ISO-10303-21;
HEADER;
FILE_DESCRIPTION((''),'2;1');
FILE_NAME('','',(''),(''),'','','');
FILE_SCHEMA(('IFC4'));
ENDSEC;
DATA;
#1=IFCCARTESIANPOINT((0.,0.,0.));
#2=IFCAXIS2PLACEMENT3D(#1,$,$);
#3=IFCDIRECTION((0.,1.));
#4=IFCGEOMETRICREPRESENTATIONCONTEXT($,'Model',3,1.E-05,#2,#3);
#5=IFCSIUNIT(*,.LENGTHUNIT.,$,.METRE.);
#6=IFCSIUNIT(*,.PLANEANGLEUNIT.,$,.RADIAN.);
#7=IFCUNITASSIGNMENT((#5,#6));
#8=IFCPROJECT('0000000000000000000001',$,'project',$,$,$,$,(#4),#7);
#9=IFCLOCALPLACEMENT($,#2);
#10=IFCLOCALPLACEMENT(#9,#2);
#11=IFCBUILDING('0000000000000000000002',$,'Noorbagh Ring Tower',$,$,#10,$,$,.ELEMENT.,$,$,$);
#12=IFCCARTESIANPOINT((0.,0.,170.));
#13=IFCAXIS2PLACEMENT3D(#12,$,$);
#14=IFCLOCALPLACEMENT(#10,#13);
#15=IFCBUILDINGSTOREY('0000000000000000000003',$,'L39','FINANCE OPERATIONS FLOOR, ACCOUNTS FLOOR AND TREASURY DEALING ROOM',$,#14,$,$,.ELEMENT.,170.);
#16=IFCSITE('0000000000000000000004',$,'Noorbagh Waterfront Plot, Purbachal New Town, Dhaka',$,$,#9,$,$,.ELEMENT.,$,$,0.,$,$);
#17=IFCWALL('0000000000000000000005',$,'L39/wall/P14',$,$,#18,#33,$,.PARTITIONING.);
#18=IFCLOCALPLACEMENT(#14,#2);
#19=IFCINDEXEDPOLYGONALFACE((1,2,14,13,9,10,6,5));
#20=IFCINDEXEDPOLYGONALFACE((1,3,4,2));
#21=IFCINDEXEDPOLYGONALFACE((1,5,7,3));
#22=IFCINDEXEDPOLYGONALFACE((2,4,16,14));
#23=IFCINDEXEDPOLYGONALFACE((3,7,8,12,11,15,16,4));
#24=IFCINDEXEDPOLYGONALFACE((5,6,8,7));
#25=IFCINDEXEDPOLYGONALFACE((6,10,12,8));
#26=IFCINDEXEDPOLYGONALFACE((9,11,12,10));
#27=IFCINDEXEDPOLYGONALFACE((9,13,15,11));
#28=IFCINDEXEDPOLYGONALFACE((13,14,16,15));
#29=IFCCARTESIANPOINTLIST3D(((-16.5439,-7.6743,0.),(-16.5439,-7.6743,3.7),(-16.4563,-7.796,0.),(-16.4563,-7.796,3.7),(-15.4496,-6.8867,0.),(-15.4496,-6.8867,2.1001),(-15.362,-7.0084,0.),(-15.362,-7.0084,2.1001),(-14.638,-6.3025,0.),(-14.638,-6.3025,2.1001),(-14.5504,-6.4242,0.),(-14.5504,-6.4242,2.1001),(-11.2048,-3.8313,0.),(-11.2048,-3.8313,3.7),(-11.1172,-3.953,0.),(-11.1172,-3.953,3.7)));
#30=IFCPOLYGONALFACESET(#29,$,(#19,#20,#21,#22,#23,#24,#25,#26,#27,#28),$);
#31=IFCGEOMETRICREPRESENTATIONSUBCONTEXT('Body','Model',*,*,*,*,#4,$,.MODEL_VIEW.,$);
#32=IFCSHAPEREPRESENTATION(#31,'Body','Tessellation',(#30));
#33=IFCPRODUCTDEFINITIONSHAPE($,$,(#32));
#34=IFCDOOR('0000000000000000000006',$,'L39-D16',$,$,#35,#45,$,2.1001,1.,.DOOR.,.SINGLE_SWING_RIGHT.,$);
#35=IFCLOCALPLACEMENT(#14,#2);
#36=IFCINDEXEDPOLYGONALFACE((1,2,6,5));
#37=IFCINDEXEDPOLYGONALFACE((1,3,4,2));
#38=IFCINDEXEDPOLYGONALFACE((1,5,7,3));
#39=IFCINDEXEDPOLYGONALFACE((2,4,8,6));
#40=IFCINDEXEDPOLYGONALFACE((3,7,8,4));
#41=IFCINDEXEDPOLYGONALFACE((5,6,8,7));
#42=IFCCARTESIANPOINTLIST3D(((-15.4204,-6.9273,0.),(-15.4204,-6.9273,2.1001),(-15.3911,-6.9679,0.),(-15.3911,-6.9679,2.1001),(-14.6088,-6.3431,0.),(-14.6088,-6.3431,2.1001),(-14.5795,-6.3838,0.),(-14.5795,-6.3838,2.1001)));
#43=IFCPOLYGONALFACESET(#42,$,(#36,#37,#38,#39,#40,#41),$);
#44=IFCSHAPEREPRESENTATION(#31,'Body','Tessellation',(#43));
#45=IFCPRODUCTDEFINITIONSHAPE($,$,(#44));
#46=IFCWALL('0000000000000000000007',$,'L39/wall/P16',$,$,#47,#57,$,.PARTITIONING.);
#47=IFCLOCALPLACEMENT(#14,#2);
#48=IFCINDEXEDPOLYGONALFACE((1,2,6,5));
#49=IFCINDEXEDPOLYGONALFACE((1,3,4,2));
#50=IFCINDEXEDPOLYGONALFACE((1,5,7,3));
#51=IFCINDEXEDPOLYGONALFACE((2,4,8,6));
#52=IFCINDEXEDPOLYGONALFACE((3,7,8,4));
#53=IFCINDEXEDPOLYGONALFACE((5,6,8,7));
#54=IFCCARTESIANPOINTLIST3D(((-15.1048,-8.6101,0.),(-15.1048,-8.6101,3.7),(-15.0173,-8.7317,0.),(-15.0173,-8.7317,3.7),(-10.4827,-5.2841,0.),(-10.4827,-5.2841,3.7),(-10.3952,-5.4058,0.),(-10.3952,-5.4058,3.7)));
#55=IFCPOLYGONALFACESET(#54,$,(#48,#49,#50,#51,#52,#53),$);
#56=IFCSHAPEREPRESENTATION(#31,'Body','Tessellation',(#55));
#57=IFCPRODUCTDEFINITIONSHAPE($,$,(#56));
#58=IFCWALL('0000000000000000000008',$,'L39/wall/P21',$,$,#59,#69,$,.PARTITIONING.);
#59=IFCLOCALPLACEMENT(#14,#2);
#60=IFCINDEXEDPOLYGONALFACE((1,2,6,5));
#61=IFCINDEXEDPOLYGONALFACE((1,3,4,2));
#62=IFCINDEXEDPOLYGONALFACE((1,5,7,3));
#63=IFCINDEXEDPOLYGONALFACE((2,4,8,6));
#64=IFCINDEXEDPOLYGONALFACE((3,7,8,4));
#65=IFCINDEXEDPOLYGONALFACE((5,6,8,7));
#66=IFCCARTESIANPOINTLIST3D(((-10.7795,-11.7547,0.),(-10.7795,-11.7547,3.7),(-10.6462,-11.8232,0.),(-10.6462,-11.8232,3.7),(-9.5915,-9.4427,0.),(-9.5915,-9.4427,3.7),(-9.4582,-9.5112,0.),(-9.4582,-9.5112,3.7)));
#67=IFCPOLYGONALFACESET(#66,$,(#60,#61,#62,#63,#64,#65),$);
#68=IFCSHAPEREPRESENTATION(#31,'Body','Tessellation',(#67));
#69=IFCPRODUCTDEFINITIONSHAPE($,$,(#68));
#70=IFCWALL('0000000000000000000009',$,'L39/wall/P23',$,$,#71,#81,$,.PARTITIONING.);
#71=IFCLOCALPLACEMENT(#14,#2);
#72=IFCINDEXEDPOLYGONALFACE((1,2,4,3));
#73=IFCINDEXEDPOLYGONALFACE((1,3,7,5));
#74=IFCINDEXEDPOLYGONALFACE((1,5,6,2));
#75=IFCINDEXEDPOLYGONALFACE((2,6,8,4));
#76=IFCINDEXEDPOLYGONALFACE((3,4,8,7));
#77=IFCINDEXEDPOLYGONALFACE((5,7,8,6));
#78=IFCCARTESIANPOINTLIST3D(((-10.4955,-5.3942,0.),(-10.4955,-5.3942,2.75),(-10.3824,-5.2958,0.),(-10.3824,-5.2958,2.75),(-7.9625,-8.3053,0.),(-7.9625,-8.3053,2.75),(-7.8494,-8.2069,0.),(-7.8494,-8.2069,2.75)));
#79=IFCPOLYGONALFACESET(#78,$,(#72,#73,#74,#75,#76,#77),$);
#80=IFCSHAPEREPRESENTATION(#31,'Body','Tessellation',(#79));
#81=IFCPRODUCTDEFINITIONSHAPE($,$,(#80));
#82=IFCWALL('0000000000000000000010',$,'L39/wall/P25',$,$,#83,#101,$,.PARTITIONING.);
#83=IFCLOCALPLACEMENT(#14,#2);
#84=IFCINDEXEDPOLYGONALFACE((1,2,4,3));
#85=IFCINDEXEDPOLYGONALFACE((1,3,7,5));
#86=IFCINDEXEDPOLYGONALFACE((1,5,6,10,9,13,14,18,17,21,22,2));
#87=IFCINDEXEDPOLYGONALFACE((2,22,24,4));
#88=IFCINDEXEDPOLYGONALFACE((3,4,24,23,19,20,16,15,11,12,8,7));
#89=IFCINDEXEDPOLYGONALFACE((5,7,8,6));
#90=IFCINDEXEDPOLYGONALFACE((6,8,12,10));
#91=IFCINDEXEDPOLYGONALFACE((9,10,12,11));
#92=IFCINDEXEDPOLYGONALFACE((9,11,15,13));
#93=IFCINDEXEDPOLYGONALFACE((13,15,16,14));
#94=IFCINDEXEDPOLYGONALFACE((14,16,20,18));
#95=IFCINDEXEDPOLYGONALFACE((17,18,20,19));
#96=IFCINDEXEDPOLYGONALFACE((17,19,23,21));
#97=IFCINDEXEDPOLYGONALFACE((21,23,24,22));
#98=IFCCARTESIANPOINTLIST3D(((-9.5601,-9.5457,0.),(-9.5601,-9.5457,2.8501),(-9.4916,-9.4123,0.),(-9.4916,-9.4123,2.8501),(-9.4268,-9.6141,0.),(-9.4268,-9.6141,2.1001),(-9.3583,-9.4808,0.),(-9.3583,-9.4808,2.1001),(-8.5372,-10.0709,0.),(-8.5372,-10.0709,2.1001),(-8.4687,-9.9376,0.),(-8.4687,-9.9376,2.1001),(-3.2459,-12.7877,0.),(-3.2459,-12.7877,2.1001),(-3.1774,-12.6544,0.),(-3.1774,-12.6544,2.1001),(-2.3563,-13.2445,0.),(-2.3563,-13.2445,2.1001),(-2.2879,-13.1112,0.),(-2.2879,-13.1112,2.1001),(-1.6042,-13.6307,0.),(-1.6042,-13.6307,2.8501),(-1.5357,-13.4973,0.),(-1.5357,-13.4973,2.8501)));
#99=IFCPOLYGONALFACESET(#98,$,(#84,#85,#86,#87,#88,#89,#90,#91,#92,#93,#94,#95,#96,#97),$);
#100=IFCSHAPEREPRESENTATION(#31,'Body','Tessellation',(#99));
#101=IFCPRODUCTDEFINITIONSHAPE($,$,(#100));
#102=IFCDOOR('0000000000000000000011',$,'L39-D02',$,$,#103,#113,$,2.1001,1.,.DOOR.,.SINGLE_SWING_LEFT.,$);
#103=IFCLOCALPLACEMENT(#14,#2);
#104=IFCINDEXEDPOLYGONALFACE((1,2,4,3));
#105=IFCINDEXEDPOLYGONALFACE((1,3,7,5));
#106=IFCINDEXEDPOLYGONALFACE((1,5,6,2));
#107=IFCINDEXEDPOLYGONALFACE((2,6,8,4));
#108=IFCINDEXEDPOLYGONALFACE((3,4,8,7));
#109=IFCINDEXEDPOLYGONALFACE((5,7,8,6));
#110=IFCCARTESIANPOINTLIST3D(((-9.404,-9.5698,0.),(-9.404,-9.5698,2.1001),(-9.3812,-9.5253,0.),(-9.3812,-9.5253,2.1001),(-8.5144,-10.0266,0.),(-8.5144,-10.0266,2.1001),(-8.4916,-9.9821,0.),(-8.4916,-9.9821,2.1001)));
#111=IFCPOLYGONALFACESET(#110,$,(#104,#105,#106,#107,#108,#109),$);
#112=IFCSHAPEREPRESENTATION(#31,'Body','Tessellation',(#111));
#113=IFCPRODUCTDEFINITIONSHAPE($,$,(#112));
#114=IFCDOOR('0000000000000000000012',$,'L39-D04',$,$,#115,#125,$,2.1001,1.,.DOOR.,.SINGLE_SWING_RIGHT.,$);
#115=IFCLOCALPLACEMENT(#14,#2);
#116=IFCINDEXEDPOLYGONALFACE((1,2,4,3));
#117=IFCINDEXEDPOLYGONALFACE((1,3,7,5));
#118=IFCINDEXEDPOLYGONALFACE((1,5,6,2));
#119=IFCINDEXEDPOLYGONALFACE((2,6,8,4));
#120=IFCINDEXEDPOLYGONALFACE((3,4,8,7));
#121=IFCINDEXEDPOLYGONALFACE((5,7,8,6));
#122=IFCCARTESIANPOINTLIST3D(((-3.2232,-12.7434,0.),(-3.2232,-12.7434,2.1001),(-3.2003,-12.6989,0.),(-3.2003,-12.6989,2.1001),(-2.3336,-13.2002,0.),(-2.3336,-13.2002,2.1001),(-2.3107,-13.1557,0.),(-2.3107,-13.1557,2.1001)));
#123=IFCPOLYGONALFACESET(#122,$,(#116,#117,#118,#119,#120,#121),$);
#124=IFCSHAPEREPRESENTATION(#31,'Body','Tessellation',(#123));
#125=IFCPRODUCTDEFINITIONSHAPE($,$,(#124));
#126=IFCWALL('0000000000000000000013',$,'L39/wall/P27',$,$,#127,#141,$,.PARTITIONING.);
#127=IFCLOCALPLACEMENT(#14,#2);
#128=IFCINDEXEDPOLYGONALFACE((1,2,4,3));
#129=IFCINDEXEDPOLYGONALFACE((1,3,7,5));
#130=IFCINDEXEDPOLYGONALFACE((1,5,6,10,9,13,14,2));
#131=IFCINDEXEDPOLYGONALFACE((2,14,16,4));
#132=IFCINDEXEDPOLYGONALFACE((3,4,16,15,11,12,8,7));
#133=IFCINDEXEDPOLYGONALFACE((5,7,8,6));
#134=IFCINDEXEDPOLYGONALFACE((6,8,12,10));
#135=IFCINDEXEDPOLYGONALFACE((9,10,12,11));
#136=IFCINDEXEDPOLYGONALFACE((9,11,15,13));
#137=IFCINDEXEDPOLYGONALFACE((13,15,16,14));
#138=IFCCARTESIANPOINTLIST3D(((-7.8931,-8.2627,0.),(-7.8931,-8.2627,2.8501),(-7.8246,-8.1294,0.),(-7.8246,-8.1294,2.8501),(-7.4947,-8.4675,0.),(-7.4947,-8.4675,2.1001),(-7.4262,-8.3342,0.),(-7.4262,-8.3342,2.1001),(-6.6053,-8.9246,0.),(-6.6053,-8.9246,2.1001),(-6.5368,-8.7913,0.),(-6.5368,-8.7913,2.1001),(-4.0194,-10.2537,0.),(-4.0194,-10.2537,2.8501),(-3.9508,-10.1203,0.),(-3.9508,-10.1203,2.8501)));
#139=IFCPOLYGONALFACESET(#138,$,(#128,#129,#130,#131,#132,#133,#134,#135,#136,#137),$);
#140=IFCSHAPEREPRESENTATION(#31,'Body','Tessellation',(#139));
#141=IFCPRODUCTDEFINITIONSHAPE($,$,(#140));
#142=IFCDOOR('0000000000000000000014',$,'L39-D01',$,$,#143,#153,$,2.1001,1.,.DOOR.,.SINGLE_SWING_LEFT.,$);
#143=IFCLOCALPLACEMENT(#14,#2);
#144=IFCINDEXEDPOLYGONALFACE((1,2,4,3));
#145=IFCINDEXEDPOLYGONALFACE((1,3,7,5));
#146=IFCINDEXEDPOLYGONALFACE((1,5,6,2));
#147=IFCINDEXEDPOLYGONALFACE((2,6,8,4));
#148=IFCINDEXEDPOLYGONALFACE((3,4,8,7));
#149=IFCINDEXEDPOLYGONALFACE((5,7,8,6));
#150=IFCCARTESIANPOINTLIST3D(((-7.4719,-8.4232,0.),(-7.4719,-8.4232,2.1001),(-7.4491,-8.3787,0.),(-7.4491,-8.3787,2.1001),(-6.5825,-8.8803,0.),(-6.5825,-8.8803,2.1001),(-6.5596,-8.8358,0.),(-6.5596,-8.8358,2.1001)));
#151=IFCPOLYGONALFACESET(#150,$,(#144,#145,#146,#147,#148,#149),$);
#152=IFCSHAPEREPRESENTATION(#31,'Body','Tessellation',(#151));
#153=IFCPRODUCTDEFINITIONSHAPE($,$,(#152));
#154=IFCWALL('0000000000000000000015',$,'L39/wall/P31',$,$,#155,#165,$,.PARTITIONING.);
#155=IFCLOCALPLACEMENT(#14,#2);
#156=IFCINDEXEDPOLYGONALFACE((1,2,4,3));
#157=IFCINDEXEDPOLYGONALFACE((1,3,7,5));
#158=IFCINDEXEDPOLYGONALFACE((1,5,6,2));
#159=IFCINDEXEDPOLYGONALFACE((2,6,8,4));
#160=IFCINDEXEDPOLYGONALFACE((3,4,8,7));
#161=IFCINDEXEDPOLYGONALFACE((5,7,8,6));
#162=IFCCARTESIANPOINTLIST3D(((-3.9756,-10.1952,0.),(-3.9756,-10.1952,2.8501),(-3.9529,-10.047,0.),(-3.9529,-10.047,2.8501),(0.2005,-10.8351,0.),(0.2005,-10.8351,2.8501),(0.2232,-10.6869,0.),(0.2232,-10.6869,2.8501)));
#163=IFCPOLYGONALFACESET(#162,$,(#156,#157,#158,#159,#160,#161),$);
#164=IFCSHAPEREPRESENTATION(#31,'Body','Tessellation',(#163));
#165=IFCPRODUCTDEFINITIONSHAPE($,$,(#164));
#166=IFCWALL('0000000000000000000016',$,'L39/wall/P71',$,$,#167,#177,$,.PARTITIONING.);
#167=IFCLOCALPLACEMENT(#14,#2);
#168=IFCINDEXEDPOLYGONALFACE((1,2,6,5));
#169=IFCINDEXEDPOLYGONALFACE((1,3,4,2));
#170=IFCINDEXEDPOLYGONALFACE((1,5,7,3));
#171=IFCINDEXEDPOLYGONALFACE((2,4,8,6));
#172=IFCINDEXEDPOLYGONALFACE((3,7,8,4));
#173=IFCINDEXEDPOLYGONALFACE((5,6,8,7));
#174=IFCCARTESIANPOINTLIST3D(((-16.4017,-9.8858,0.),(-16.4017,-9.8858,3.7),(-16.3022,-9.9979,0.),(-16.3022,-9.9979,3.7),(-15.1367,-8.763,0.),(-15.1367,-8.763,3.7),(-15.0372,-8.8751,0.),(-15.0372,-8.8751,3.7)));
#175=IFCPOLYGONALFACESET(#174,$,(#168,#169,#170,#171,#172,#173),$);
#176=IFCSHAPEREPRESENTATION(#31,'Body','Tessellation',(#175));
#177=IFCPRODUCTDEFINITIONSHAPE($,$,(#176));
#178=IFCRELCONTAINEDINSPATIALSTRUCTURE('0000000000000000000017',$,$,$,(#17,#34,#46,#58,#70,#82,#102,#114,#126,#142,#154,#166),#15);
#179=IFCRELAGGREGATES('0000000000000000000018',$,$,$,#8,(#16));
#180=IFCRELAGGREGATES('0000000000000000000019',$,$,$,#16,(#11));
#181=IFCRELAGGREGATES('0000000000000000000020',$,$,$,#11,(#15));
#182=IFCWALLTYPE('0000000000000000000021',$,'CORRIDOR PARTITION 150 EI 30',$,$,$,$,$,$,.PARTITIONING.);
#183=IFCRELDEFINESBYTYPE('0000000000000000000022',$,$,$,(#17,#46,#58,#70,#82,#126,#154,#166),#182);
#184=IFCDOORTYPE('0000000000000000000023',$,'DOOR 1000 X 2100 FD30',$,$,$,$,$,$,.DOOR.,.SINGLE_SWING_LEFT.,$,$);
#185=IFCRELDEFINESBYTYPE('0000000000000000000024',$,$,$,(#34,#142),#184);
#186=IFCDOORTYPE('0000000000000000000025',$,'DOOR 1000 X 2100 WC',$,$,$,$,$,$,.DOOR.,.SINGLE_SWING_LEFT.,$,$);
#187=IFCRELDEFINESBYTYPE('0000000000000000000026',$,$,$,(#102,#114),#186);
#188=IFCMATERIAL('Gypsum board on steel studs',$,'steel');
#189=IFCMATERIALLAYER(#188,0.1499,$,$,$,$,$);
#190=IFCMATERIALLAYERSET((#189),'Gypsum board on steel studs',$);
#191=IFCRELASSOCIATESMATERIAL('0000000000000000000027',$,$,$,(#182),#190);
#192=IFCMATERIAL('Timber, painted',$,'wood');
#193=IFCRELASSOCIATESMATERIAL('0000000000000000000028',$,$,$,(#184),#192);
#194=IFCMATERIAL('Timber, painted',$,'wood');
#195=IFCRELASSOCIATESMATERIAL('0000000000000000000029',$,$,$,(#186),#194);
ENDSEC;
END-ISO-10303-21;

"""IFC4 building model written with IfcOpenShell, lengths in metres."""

from ifc_helpers import new_model, si_unit, direction, frame, frame_2d, origin, place, context, subcontext, project, spatial, rectangle, extrude, material, layer, layer_set, type_object, element, fill, save


model = new_model("IFC4")

# Units and contexts
model_context = context("Model", 3, precision=1e-05, world=origin(), true_north=direction((0.0, 1.0)))
body_context = subcontext(model_context, "Body", "Model", "MODEL_VIEW")
ifc_project = project(units=[si_unit("LENGTHUNIT", "METRE"), si_unit("PLANEANGLEUNIT", "RADIAN")], contexts=[model_context])

# Site, building, storey
site_placement = place(None, origin())
site = spatial("IfcSite", under=ifc_project, at=site_placement, Name="Noorbagh Waterfront Plot, Purbachal New Town, Dhaka", CompositionType="ELEMENT", RefElevation=0.0)
building_placement = place(site_placement, origin())
building = spatial("IfcBuilding", under=site, at=building_placement, Name="Noorbagh Ring Tower", CompositionType="ELEMENT")
storey_placement = place(building_placement, frame((0.0, 0.0, 170.0)))
storey = spatial("IfcBuildingStorey", under=building, at=storey_placement, Name="L39", Description="FINANCE OPERATIONS FLOOR, ACCOUNTS FLOOR AND TREASURY DEALING ROOM", CompositionType="ELEMENT", Elevation=170.0)

# Shared definitions
ifc_material_1 = material(Name="Gypsum board on steel studs", Category="steel")
ifc_layer_1 = layer(ifc_material_1, 0.1499)
ifc_layer_set_1 = layer_set([ifc_layer_1], Name="Gypsum board on steel studs")
wall_type_1 = type_object("IfcWallType", Name="CORRIDOR PARTITION 150 EI 30", PredefinedType="PARTITIONING", material=ifc_layer_set_1)

# Wall, opening, door
wall_1_placement = place(storey_placement, frame((-16.5, -7.7351, 0.0), z_axis=(0.0, 0.0, 1.0), x_axis=(0.811617, 0.58419, 0.0)))
wall_1 = element("IfcWall", 1, at=wall_1_placement, inside=storey, type_object=wall_type_1, Name="L39/wall/P14", PredefinedType="PARTITIONING", context=body_context, shape_type="SweptSolid", body=[
    extrude(rectangle(XDim=6.5784, YDim=0.1499, at=frame_2d((3.2891, 0.0))), origin(), (0.0, 0.0, 1.0), 3.7),
])
opening_1_placement = place(wall_1_placement, frame((1.3481, 0.0, 0.0)))
opening_1 = element("IfcOpeningElement", 2, at=opening_1_placement, cuts=wall_1, PredefinedType="OPENING", context=body_context, shape_type="SweptSolid", body=[
    extrude(rectangle(XDim=1.0, YDim=2.1001, at=frame_2d((0.5, 1.05))), frame((0.0, 0.085, 0.0), z_axis=(0.0, -1.0, 0.0), x_axis=(1.0, 0.0, 0.0)), (0.0, 0.0, 1.0), 0.1699),
])
ifc_material_2 = material(Name="Timber, painted", Category="wood")
door_type_1 = type_object("IfcDoorType", Name="DOOR 1000 X 2100 FD30", OperationType="SINGLE_SWING_LEFT", PredefinedType="DOOR", material=ifc_material_2)
door_1_placement = place(opening_1_placement, origin())
door_1 = element("IfcDoor", 3, at=door_1_placement, inside=storey, type_object=door_type_1, Name="L39-D16", OperationType="SINGLE_SWING_RIGHT", OverallHeight=2.1001, OverallWidth=1.0, PredefinedType="DOOR", context=body_context, shape_type="SweptSolid", body=[
    extrude(rectangle(XDim=1.0, YDim=2.1001, at=frame_2d((0.5, 1.05))), frame((0.0, 0.0249, 0.0), z_axis=(0.0, -1.0, 0.0), x_axis=(1.0, 0.0, 0.0)), (0.0, 0.0, 1.0), 0.05),
])
fill(opening_1, door_1)

# Walls
wall_2_placement = place(storey_placement, frame((-15.061, -8.6709, 0.0), z_axis=(0.0, 0.0, 1.0), x_axis=(0.811698, 0.584078, 0.0)))
element("IfcWall", 4, at=wall_2_placement, inside=storey, type_object=wall_type_1, Name="L39/wall/P16", PredefinedType="PARTITIONING", context=body_context, shape_type="SweptSolid", body=[
    extrude(rectangle(XDim=5.6943, YDim=0.1499, at=frame_2d((2.8472, 0.0))), origin(), (0.0, 0.0, 1.0), 3.7),
])
wall_3_placement = place(storey_placement, frame((-10.7129, -11.7891, 0.0), z_axis=(0.0, 0.0, 1.0), x_axis=(0.45703, 0.889451, 0.0)))
element("IfcWall", 5, at=wall_3_placement, inside=storey, type_object=wall_type_1, Name="L39/wall/P21", PredefinedType="PARTITIONING", context=body_context, shape_type="SweptSolid", body=[
    extrude(rectangle(XDim=2.5994, YDim=0.1499, at=frame_2d((1.2998, 0.0))), origin(), (0.0, 0.0, 1.0), 3.7),
])
wall_4_placement = place(storey_placement, frame((-10.439, -5.345, 0.0), z_axis=(0.0, 0.0, 1.0), x_axis=(0.656406, -0.754408, 0.0)))
element("IfcWall", 6, at=wall_4_placement, inside=storey, type_object=wall_type_1, Name="L39/wall/P23", PredefinedType="PARTITIONING", context=body_context, shape_type="SweptSolid", body=[
    extrude(rectangle(XDim=3.8589, YDim=0.1499, at=frame_2d((1.9294, 0.0))), origin(), (0.0, 0.0, 1.0), 2.75),
])

# Wall, openings, doors
wall_5_placement = place(storey_placement, frame((-9.5259, -9.479, 0.0), z_axis=(0.0, 0.0, 1.0), x_axis=(0.889588, -0.456764, 0.0)))
wall_5 = element("IfcWall", 7, at=wall_5_placement, inside=storey, type_object=wall_type_1, Name="L39/wall/P25", PredefinedType="PARTITIONING", context=body_context, shape_type="SweptSolid", body=[
    extrude(rectangle(XDim=8.9434, YDim=0.1499, at=frame_2d((4.4717, 0.0))), origin(), (0.0, 0.0, 1.0), 2.8501),
])
opening_2_placement = place(wall_5_placement, frame((0.1499, 0.0, 0.0)))
opening_2 = element("IfcOpeningElement", 8, at=opening_2_placement, cuts=wall_5, PredefinedType="OPENING", context=body_context, shape_type="SweptSolid", body=[
    extrude(rectangle(XDim=1.0, YDim=2.1001, at=frame_2d((0.5, 1.05))), frame((0.0, 0.085, 0.0), z_axis=(0.0, -1.0, 0.0), x_axis=(1.0, 0.0, 0.0)), (0.0, 0.0, 1.0), 0.1699),
])
opening_3_placement = place(wall_5_placement, frame((7.0979, 0.0, 0.0)))
opening_3 = element("IfcOpeningElement", 9, at=opening_3_placement, cuts=wall_5, PredefinedType="OPENING", context=body_context, shape_type="SweptSolid", body=[
    extrude(rectangle(XDim=1.0, YDim=2.1001, at=frame_2d((0.5, 1.05))), frame((0.0, 0.085, 0.0), z_axis=(0.0, -1.0, 0.0), x_axis=(1.0, 0.0, 0.0)), (0.0, 0.0, 1.0), 0.1699),
])
ifc_material_3 = material(Name="Timber, painted", Category="wood")
door_type_2 = type_object("IfcDoorType", Name="DOOR 1000 X 2100 WC", OperationType="SINGLE_SWING_LEFT", PredefinedType="DOOR", material=ifc_material_3)
door_2_placement = place(opening_2_placement, origin())
door_2 = element("IfcDoor", 10, at=door_2_placement, inside=storey, type_object=door_type_2, Name="L39-D02", OperationType="SINGLE_SWING_LEFT", OverallHeight=2.1001, OverallWidth=1.0, PredefinedType="DOOR", context=body_context, shape_type="SweptSolid", body=[
    extrude(rectangle(XDim=1.0, YDim=2.1001, at=frame_2d((0.5, 1.05))), frame((0.0, 0.0249, 0.0), z_axis=(0.0, -1.0, 0.0), x_axis=(1.0, 0.0, 0.0)), (0.0, 0.0, 1.0), 0.05),
])
fill(opening_2, door_2)
door_3_placement = place(opening_3_placement, origin())
door_3 = element("IfcDoor", 11, at=door_3_placement, inside=storey, type_object=door_type_2, Name="L39-D04", OperationType="SINGLE_SWING_RIGHT", OverallHeight=2.1001, OverallWidth=1.0, PredefinedType="DOOR", context=body_context, shape_type="SweptSolid", body=[
    extrude(rectangle(XDim=1.0, YDim=2.1001, at=frame_2d((0.5, 1.05))), frame((0.0, 0.0249, 0.0), z_axis=(0.0, -1.0, 0.0), x_axis=(1.0, 0.0, 0.0)), (0.0, 0.0, 1.0), 0.05),
])
fill(opening_3, door_3)

# Wall, opening, door
wall_6_placement = place(storey_placement, frame((-7.8589, -8.196, 0.0), z_axis=(0.0, 0.0, 1.0), x_axis=(0.889406, -0.457119, 0.0)))
wall_6 = element("IfcWall", 12, at=wall_6_placement, inside=storey, type_object=wall_type_1, Name="L39/wall/P27", PredefinedType="PARTITIONING", context=body_context, shape_type="SweptSolid", body=[
    extrude(rectangle(XDim=4.3555, YDim=0.1499, at=frame_2d((2.1777, 0.0))), origin(), (0.0, 0.0, 1.0), 2.8501),
])
opening_4_placement = place(wall_6_placement, frame((0.448, 0.0, 0.0)))
opening_4 = element("IfcOpeningElement", 13, at=opening_4_placement, cuts=wall_6, PredefinedType="OPENING", context=body_context, shape_type="SweptSolid", body=[
    extrude(rectangle(XDim=1.0, YDim=2.1001, at=frame_2d((0.5, 1.05))), frame((0.0, 0.085, 0.0), z_axis=(0.0, -1.0, 0.0), x_axis=(1.0, 0.0, 0.0)), (0.0, 0.0, 1.0), 0.1699),
])
door_4_placement = place(opening_4_placement, origin())
door_4 = element("IfcDoor", 14, at=door_4_placement, inside=storey, type_object=door_type_1, Name="L39-D01", OperationType="SINGLE_SWING_LEFT", OverallHeight=2.1001, OverallWidth=1.0, PredefinedType="DOOR", context=body_context, shape_type="SweptSolid", body=[
    extrude(rectangle(XDim=1.0, YDim=2.1001, at=frame_2d((0.5, 1.05))), frame((0.0, 0.0249, 0.0), z_axis=(0.0, -1.0, 0.0), x_axis=(1.0, 0.0, 0.0)), (0.0, 0.0, 1.0), 0.05),
])
fill(opening_4, door_4)

# Walls
wall_7_placement = place(storey_placement, frame((-3.9641, -10.1211, 0.0), z_axis=(0.0, 0.0, 1.0), x_axis=(0.988463, -0.151462, 0.0)))
element("IfcWall", 15, at=wall_7_placement, inside=storey, type_object=wall_type_1, Name="L39/wall/P31", PredefinedType="PARTITIONING", context=body_context, shape_type="SweptSolid", body=[
    extrude(rectangle(XDim=4.2249, YDim=0.1499, at=frame_2d((2.1123, 0.0))), origin(), (0.0, 0.0, 1.0), 2.8501),
])
wall_8_placement = place(storey_placement, frame((-15.0869, -8.8191, 0.0), z_axis=(0.0, 0.0, 1.0), x_axis=(-0.747927, -0.663781, 0.0)))
element("IfcWall", 16, at=wall_8_placement, inside=storey, type_object=wall_type_1, Name="L39/wall/P71", PredefinedType="PARTITIONING", context=body_context, shape_type="SweptSolid", body=[
    extrude(rectangle(XDim=1.6914, YDim=0.1499, at=frame_2d((0.8457, 0.0))), origin(), (0.0, 0.0, 1.0), 3.7),
])

save(model, "model.ifc")
